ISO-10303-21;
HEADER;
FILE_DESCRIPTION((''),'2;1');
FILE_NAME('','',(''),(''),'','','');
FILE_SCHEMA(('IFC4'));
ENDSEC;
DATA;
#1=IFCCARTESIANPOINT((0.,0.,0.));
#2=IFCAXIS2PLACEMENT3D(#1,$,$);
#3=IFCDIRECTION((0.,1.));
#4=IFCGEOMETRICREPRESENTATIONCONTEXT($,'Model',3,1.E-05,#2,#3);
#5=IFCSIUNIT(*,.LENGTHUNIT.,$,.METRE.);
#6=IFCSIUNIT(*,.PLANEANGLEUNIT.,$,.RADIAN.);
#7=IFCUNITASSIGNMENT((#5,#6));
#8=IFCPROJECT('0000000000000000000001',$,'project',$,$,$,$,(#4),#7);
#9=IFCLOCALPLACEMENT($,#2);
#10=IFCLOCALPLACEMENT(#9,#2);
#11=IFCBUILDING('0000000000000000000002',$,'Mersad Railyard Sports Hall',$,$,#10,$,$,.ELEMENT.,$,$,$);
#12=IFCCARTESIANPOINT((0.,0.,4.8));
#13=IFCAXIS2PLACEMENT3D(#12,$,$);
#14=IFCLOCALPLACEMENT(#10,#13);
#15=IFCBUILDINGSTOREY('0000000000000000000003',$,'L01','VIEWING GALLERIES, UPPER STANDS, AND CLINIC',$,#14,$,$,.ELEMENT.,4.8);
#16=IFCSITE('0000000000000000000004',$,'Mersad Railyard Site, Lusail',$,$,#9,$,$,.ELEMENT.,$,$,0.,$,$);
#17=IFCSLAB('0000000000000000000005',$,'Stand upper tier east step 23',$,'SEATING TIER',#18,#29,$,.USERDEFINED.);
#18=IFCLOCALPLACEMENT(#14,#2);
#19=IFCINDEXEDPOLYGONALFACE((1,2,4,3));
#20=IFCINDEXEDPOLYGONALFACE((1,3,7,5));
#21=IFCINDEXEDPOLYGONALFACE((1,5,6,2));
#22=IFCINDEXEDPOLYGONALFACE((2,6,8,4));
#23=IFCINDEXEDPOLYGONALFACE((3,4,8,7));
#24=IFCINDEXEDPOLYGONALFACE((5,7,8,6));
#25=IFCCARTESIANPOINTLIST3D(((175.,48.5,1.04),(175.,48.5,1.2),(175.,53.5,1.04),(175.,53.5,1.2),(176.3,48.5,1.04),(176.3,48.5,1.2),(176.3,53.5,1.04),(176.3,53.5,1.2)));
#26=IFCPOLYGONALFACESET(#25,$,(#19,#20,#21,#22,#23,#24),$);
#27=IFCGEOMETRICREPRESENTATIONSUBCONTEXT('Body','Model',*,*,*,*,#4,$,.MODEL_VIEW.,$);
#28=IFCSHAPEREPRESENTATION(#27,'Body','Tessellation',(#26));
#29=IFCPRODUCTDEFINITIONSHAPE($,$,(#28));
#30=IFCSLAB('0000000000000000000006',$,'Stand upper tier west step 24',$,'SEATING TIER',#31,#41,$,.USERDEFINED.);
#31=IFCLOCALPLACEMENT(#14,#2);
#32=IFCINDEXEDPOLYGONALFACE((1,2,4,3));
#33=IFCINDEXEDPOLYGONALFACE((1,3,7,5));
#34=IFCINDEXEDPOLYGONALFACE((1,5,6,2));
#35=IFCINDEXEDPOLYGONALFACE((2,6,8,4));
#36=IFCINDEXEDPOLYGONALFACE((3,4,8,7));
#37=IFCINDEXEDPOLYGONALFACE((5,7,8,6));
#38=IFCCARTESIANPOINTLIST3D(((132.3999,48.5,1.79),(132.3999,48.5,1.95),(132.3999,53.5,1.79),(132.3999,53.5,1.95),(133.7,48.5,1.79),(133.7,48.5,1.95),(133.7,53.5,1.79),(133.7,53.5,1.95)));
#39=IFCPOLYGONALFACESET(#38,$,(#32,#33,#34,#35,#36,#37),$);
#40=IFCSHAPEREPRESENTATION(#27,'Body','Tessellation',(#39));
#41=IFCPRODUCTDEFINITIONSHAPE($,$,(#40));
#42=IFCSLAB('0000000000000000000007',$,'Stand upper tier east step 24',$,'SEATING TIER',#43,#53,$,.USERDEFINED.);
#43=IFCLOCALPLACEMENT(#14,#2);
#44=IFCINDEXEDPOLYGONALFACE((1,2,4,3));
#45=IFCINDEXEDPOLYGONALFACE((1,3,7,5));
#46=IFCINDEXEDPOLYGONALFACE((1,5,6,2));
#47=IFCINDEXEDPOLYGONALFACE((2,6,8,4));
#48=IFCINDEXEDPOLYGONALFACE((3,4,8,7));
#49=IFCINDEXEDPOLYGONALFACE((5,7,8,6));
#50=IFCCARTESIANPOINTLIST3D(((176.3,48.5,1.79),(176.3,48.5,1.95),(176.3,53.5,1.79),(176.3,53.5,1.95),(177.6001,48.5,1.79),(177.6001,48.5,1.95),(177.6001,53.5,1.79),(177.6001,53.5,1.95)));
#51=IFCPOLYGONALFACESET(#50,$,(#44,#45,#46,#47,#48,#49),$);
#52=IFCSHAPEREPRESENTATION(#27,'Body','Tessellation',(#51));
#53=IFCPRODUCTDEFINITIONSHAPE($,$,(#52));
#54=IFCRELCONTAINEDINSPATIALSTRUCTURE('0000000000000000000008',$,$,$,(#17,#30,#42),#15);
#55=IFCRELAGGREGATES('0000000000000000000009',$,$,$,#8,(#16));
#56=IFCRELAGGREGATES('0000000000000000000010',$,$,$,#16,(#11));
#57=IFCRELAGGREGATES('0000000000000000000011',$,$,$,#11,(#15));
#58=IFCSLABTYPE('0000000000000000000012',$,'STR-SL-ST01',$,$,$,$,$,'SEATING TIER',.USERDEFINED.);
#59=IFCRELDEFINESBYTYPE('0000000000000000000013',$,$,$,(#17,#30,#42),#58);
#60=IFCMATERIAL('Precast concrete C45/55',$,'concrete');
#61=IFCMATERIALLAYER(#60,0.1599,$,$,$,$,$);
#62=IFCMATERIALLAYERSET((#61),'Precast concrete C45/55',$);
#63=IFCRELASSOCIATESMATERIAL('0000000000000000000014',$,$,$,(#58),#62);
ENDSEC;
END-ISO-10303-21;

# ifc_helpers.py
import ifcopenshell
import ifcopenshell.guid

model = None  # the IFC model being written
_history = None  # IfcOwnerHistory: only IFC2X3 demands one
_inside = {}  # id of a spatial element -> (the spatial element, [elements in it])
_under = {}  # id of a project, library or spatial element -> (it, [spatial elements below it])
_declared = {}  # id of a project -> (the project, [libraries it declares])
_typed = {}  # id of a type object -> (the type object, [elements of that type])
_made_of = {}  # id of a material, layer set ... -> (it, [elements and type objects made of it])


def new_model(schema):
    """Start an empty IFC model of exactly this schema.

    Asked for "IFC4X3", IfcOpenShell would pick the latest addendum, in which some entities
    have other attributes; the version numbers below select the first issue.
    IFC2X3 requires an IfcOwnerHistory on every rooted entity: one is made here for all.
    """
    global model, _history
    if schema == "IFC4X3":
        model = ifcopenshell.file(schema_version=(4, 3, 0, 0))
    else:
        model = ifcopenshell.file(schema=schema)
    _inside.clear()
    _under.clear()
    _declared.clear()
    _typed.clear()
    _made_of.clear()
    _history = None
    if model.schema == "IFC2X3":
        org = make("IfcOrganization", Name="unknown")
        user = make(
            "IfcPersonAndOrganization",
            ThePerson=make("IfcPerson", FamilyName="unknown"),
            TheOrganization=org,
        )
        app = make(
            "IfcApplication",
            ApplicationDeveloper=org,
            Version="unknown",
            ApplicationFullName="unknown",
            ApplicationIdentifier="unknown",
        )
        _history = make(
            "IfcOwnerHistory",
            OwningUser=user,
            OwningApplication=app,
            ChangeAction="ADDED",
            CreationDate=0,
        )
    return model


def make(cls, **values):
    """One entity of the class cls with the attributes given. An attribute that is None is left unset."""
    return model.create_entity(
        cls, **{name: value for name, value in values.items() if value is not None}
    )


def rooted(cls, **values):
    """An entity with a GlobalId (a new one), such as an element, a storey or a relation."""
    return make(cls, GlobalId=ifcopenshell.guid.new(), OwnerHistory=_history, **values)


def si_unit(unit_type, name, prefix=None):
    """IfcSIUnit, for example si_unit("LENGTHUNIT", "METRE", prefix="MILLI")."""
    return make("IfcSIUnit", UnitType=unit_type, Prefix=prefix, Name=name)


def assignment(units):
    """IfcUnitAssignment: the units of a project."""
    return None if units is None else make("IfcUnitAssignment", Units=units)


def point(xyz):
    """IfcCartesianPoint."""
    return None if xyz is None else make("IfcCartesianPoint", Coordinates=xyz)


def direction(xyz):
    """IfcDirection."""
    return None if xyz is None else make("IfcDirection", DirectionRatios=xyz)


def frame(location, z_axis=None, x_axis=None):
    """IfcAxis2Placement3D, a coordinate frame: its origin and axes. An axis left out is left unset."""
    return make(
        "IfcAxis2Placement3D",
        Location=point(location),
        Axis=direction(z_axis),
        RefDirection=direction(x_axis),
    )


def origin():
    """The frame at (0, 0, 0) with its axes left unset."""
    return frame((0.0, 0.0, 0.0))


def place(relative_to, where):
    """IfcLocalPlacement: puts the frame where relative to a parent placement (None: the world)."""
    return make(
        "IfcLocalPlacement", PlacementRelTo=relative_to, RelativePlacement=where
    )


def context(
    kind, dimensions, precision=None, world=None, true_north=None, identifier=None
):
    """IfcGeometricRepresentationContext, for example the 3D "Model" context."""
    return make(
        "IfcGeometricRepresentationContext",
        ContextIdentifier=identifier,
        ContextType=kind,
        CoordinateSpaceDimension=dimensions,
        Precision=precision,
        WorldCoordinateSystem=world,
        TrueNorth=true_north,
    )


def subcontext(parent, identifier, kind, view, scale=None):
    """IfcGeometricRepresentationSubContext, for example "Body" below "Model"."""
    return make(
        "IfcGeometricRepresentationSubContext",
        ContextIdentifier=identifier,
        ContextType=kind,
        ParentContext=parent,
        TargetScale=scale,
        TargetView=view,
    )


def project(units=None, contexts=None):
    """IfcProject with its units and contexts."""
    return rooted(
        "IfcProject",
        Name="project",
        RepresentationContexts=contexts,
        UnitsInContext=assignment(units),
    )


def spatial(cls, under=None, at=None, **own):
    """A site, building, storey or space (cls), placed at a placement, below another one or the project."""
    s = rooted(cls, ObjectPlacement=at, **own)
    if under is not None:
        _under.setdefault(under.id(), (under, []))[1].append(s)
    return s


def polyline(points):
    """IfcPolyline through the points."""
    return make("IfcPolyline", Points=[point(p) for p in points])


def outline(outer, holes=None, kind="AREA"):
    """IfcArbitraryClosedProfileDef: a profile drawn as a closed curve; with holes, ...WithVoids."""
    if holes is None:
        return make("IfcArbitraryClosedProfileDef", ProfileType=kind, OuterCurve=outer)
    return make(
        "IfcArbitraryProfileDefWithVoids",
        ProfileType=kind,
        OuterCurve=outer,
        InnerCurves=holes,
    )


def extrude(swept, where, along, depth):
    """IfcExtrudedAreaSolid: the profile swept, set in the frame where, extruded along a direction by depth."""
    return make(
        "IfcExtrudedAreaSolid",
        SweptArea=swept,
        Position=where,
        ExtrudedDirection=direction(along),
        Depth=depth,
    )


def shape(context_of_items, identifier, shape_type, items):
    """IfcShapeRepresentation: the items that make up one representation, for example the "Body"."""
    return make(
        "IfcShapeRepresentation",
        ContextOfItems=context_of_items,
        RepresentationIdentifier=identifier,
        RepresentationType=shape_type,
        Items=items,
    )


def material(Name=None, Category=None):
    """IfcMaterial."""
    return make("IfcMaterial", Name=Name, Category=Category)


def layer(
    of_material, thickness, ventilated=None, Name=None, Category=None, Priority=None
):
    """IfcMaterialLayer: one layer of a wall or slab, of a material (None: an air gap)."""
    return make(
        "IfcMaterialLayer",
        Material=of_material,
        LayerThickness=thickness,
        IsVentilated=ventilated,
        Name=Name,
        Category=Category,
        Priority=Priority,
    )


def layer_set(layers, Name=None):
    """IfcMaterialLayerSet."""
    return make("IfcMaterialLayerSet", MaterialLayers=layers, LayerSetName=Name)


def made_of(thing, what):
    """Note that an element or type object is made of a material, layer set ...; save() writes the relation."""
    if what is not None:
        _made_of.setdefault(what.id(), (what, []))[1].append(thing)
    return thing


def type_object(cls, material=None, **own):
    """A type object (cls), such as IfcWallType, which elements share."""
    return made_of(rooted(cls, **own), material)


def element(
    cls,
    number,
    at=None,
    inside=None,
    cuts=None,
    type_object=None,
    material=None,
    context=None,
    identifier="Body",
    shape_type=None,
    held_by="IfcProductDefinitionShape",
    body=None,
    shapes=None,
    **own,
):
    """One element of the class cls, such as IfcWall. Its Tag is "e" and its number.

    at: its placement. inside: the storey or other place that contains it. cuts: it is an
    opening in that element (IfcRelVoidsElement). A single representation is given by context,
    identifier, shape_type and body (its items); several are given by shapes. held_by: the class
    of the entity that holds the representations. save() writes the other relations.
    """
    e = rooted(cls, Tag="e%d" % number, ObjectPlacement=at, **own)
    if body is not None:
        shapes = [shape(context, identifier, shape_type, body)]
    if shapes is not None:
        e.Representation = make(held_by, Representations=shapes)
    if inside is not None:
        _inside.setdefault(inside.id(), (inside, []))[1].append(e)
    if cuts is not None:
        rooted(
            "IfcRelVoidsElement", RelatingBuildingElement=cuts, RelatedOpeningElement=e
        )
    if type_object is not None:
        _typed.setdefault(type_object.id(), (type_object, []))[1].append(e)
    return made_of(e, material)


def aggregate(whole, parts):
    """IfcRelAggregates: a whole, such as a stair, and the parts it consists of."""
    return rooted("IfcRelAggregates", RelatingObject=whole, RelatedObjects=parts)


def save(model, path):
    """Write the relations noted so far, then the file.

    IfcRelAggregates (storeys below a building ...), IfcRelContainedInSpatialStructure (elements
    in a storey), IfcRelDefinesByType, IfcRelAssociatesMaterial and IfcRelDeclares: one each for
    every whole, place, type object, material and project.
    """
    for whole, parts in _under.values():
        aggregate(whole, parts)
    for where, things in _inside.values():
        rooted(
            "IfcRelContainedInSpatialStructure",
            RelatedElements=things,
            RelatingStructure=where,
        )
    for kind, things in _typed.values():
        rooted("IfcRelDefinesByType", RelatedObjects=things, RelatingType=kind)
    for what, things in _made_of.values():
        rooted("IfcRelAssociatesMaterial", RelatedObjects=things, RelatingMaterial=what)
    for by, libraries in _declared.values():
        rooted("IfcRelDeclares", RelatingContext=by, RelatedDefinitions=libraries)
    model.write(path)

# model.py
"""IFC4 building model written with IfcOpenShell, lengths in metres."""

from ifc_helpers import new_model, si_unit, direction, frame, origin, place, context, subcontext, project, spatial, polyline, outline, extrude, material, layer, layer_set, type_object, element, save


model = new_model("IFC4")

# Units and contexts
model_context = context("Model", 3, precision=1e-05, world=origin(), true_north=direction((0.0, 1.0)))
body_context = subcontext(model_context, "Body", "Model", "MODEL_VIEW")
ifc_project = project(units=[si_unit("LENGTHUNIT", "METRE"), si_unit("PLANEANGLEUNIT", "RADIAN")], contexts=[model_context])

# Site, building, storey
site_placement = place(None, origin())
site = spatial("IfcSite", under=ifc_project, at=site_placement, Name="Mersad Railyard Site, Lusail", CompositionType="ELEMENT", RefElevation=0.0)
building_placement = place(site_placement, origin())
building = spatial("IfcBuilding", under=site, at=building_placement, Name="Mersad Railyard Sports Hall", CompositionType="ELEMENT")
storey_placement = place(building_placement, frame((0.0, 0.0, 4.8)))
storey = spatial("IfcBuildingStorey", under=building, at=storey_placement, Name="L01", Description="VIEWING GALLERIES, UPPER STANDS, AND CLINIC", CompositionType="ELEMENT", Elevation=4.8)

# Shared definitions
ifc_material_1 = material(Name="Precast concrete C45/55", Category="concrete")

# Slabs
ifc_layer_1 = layer(ifc_material_1, 0.1599)
ifc_layer_set_1 = layer_set([ifc_layer_1], Name="Precast concrete C45/55")
slab_type_1 = type_object("IfcSlabType", Name="STR-SL-ST01", ElementType="SEATING TIER", PredefinedType="USERDEFINED", material=ifc_layer_set_1)
slab_1_placement = place(storey_placement, frame((0.0, 0.0, 1.04)))
element("IfcSlab", 1, at=slab_1_placement, inside=storey, type_object=slab_type_1, Name="Stand upper tier east step 23", ObjectType="SEATING TIER", PredefinedType="USERDEFINED", context=body_context, shape_type="SweptSolid", body=[
    extrude(outline(polyline([(175.0, 48.5), (176.3, 48.5), (176.3, 53.5), (175.0, 53.5), (175.0, 48.5)])), origin(), (0.0, 0.0, 1.0), 0.1599),
])
slab_2_placement = place(storey_placement, frame((0.0, 0.0, 1.79)))
element("IfcSlab", 2, at=slab_2_placement, inside=storey, type_object=slab_type_1, Name="Stand upper tier west step 24", ObjectType="SEATING TIER", PredefinedType="USERDEFINED", context=body_context, shape_type="SweptSolid", body=[
    extrude(outline(polyline([(132.3999, 48.5), (133.7, 48.5), (133.7, 53.5), (132.3999, 53.5), (132.3999, 48.5)])), origin(), (0.0, 0.0, 1.0), 0.1599),
])
slab_3_placement = place(storey_placement, frame((0.0, 0.0, 1.79)))
element("IfcSlab", 3, at=slab_3_placement, inside=storey, type_object=slab_type_1, Name="Stand upper tier east step 24", ObjectType="SEATING TIER", PredefinedType="USERDEFINED", context=body_context, shape_type="SweptSolid", body=[
    extrude(outline(polyline([(176.3, 48.5), (177.6001, 48.5), (177.6001, 53.5), (176.3, 53.5), (176.3, 48.5)])), origin(), (0.0, 0.0, 1.0), 0.1599),
])

save(model, "model.ifc")
